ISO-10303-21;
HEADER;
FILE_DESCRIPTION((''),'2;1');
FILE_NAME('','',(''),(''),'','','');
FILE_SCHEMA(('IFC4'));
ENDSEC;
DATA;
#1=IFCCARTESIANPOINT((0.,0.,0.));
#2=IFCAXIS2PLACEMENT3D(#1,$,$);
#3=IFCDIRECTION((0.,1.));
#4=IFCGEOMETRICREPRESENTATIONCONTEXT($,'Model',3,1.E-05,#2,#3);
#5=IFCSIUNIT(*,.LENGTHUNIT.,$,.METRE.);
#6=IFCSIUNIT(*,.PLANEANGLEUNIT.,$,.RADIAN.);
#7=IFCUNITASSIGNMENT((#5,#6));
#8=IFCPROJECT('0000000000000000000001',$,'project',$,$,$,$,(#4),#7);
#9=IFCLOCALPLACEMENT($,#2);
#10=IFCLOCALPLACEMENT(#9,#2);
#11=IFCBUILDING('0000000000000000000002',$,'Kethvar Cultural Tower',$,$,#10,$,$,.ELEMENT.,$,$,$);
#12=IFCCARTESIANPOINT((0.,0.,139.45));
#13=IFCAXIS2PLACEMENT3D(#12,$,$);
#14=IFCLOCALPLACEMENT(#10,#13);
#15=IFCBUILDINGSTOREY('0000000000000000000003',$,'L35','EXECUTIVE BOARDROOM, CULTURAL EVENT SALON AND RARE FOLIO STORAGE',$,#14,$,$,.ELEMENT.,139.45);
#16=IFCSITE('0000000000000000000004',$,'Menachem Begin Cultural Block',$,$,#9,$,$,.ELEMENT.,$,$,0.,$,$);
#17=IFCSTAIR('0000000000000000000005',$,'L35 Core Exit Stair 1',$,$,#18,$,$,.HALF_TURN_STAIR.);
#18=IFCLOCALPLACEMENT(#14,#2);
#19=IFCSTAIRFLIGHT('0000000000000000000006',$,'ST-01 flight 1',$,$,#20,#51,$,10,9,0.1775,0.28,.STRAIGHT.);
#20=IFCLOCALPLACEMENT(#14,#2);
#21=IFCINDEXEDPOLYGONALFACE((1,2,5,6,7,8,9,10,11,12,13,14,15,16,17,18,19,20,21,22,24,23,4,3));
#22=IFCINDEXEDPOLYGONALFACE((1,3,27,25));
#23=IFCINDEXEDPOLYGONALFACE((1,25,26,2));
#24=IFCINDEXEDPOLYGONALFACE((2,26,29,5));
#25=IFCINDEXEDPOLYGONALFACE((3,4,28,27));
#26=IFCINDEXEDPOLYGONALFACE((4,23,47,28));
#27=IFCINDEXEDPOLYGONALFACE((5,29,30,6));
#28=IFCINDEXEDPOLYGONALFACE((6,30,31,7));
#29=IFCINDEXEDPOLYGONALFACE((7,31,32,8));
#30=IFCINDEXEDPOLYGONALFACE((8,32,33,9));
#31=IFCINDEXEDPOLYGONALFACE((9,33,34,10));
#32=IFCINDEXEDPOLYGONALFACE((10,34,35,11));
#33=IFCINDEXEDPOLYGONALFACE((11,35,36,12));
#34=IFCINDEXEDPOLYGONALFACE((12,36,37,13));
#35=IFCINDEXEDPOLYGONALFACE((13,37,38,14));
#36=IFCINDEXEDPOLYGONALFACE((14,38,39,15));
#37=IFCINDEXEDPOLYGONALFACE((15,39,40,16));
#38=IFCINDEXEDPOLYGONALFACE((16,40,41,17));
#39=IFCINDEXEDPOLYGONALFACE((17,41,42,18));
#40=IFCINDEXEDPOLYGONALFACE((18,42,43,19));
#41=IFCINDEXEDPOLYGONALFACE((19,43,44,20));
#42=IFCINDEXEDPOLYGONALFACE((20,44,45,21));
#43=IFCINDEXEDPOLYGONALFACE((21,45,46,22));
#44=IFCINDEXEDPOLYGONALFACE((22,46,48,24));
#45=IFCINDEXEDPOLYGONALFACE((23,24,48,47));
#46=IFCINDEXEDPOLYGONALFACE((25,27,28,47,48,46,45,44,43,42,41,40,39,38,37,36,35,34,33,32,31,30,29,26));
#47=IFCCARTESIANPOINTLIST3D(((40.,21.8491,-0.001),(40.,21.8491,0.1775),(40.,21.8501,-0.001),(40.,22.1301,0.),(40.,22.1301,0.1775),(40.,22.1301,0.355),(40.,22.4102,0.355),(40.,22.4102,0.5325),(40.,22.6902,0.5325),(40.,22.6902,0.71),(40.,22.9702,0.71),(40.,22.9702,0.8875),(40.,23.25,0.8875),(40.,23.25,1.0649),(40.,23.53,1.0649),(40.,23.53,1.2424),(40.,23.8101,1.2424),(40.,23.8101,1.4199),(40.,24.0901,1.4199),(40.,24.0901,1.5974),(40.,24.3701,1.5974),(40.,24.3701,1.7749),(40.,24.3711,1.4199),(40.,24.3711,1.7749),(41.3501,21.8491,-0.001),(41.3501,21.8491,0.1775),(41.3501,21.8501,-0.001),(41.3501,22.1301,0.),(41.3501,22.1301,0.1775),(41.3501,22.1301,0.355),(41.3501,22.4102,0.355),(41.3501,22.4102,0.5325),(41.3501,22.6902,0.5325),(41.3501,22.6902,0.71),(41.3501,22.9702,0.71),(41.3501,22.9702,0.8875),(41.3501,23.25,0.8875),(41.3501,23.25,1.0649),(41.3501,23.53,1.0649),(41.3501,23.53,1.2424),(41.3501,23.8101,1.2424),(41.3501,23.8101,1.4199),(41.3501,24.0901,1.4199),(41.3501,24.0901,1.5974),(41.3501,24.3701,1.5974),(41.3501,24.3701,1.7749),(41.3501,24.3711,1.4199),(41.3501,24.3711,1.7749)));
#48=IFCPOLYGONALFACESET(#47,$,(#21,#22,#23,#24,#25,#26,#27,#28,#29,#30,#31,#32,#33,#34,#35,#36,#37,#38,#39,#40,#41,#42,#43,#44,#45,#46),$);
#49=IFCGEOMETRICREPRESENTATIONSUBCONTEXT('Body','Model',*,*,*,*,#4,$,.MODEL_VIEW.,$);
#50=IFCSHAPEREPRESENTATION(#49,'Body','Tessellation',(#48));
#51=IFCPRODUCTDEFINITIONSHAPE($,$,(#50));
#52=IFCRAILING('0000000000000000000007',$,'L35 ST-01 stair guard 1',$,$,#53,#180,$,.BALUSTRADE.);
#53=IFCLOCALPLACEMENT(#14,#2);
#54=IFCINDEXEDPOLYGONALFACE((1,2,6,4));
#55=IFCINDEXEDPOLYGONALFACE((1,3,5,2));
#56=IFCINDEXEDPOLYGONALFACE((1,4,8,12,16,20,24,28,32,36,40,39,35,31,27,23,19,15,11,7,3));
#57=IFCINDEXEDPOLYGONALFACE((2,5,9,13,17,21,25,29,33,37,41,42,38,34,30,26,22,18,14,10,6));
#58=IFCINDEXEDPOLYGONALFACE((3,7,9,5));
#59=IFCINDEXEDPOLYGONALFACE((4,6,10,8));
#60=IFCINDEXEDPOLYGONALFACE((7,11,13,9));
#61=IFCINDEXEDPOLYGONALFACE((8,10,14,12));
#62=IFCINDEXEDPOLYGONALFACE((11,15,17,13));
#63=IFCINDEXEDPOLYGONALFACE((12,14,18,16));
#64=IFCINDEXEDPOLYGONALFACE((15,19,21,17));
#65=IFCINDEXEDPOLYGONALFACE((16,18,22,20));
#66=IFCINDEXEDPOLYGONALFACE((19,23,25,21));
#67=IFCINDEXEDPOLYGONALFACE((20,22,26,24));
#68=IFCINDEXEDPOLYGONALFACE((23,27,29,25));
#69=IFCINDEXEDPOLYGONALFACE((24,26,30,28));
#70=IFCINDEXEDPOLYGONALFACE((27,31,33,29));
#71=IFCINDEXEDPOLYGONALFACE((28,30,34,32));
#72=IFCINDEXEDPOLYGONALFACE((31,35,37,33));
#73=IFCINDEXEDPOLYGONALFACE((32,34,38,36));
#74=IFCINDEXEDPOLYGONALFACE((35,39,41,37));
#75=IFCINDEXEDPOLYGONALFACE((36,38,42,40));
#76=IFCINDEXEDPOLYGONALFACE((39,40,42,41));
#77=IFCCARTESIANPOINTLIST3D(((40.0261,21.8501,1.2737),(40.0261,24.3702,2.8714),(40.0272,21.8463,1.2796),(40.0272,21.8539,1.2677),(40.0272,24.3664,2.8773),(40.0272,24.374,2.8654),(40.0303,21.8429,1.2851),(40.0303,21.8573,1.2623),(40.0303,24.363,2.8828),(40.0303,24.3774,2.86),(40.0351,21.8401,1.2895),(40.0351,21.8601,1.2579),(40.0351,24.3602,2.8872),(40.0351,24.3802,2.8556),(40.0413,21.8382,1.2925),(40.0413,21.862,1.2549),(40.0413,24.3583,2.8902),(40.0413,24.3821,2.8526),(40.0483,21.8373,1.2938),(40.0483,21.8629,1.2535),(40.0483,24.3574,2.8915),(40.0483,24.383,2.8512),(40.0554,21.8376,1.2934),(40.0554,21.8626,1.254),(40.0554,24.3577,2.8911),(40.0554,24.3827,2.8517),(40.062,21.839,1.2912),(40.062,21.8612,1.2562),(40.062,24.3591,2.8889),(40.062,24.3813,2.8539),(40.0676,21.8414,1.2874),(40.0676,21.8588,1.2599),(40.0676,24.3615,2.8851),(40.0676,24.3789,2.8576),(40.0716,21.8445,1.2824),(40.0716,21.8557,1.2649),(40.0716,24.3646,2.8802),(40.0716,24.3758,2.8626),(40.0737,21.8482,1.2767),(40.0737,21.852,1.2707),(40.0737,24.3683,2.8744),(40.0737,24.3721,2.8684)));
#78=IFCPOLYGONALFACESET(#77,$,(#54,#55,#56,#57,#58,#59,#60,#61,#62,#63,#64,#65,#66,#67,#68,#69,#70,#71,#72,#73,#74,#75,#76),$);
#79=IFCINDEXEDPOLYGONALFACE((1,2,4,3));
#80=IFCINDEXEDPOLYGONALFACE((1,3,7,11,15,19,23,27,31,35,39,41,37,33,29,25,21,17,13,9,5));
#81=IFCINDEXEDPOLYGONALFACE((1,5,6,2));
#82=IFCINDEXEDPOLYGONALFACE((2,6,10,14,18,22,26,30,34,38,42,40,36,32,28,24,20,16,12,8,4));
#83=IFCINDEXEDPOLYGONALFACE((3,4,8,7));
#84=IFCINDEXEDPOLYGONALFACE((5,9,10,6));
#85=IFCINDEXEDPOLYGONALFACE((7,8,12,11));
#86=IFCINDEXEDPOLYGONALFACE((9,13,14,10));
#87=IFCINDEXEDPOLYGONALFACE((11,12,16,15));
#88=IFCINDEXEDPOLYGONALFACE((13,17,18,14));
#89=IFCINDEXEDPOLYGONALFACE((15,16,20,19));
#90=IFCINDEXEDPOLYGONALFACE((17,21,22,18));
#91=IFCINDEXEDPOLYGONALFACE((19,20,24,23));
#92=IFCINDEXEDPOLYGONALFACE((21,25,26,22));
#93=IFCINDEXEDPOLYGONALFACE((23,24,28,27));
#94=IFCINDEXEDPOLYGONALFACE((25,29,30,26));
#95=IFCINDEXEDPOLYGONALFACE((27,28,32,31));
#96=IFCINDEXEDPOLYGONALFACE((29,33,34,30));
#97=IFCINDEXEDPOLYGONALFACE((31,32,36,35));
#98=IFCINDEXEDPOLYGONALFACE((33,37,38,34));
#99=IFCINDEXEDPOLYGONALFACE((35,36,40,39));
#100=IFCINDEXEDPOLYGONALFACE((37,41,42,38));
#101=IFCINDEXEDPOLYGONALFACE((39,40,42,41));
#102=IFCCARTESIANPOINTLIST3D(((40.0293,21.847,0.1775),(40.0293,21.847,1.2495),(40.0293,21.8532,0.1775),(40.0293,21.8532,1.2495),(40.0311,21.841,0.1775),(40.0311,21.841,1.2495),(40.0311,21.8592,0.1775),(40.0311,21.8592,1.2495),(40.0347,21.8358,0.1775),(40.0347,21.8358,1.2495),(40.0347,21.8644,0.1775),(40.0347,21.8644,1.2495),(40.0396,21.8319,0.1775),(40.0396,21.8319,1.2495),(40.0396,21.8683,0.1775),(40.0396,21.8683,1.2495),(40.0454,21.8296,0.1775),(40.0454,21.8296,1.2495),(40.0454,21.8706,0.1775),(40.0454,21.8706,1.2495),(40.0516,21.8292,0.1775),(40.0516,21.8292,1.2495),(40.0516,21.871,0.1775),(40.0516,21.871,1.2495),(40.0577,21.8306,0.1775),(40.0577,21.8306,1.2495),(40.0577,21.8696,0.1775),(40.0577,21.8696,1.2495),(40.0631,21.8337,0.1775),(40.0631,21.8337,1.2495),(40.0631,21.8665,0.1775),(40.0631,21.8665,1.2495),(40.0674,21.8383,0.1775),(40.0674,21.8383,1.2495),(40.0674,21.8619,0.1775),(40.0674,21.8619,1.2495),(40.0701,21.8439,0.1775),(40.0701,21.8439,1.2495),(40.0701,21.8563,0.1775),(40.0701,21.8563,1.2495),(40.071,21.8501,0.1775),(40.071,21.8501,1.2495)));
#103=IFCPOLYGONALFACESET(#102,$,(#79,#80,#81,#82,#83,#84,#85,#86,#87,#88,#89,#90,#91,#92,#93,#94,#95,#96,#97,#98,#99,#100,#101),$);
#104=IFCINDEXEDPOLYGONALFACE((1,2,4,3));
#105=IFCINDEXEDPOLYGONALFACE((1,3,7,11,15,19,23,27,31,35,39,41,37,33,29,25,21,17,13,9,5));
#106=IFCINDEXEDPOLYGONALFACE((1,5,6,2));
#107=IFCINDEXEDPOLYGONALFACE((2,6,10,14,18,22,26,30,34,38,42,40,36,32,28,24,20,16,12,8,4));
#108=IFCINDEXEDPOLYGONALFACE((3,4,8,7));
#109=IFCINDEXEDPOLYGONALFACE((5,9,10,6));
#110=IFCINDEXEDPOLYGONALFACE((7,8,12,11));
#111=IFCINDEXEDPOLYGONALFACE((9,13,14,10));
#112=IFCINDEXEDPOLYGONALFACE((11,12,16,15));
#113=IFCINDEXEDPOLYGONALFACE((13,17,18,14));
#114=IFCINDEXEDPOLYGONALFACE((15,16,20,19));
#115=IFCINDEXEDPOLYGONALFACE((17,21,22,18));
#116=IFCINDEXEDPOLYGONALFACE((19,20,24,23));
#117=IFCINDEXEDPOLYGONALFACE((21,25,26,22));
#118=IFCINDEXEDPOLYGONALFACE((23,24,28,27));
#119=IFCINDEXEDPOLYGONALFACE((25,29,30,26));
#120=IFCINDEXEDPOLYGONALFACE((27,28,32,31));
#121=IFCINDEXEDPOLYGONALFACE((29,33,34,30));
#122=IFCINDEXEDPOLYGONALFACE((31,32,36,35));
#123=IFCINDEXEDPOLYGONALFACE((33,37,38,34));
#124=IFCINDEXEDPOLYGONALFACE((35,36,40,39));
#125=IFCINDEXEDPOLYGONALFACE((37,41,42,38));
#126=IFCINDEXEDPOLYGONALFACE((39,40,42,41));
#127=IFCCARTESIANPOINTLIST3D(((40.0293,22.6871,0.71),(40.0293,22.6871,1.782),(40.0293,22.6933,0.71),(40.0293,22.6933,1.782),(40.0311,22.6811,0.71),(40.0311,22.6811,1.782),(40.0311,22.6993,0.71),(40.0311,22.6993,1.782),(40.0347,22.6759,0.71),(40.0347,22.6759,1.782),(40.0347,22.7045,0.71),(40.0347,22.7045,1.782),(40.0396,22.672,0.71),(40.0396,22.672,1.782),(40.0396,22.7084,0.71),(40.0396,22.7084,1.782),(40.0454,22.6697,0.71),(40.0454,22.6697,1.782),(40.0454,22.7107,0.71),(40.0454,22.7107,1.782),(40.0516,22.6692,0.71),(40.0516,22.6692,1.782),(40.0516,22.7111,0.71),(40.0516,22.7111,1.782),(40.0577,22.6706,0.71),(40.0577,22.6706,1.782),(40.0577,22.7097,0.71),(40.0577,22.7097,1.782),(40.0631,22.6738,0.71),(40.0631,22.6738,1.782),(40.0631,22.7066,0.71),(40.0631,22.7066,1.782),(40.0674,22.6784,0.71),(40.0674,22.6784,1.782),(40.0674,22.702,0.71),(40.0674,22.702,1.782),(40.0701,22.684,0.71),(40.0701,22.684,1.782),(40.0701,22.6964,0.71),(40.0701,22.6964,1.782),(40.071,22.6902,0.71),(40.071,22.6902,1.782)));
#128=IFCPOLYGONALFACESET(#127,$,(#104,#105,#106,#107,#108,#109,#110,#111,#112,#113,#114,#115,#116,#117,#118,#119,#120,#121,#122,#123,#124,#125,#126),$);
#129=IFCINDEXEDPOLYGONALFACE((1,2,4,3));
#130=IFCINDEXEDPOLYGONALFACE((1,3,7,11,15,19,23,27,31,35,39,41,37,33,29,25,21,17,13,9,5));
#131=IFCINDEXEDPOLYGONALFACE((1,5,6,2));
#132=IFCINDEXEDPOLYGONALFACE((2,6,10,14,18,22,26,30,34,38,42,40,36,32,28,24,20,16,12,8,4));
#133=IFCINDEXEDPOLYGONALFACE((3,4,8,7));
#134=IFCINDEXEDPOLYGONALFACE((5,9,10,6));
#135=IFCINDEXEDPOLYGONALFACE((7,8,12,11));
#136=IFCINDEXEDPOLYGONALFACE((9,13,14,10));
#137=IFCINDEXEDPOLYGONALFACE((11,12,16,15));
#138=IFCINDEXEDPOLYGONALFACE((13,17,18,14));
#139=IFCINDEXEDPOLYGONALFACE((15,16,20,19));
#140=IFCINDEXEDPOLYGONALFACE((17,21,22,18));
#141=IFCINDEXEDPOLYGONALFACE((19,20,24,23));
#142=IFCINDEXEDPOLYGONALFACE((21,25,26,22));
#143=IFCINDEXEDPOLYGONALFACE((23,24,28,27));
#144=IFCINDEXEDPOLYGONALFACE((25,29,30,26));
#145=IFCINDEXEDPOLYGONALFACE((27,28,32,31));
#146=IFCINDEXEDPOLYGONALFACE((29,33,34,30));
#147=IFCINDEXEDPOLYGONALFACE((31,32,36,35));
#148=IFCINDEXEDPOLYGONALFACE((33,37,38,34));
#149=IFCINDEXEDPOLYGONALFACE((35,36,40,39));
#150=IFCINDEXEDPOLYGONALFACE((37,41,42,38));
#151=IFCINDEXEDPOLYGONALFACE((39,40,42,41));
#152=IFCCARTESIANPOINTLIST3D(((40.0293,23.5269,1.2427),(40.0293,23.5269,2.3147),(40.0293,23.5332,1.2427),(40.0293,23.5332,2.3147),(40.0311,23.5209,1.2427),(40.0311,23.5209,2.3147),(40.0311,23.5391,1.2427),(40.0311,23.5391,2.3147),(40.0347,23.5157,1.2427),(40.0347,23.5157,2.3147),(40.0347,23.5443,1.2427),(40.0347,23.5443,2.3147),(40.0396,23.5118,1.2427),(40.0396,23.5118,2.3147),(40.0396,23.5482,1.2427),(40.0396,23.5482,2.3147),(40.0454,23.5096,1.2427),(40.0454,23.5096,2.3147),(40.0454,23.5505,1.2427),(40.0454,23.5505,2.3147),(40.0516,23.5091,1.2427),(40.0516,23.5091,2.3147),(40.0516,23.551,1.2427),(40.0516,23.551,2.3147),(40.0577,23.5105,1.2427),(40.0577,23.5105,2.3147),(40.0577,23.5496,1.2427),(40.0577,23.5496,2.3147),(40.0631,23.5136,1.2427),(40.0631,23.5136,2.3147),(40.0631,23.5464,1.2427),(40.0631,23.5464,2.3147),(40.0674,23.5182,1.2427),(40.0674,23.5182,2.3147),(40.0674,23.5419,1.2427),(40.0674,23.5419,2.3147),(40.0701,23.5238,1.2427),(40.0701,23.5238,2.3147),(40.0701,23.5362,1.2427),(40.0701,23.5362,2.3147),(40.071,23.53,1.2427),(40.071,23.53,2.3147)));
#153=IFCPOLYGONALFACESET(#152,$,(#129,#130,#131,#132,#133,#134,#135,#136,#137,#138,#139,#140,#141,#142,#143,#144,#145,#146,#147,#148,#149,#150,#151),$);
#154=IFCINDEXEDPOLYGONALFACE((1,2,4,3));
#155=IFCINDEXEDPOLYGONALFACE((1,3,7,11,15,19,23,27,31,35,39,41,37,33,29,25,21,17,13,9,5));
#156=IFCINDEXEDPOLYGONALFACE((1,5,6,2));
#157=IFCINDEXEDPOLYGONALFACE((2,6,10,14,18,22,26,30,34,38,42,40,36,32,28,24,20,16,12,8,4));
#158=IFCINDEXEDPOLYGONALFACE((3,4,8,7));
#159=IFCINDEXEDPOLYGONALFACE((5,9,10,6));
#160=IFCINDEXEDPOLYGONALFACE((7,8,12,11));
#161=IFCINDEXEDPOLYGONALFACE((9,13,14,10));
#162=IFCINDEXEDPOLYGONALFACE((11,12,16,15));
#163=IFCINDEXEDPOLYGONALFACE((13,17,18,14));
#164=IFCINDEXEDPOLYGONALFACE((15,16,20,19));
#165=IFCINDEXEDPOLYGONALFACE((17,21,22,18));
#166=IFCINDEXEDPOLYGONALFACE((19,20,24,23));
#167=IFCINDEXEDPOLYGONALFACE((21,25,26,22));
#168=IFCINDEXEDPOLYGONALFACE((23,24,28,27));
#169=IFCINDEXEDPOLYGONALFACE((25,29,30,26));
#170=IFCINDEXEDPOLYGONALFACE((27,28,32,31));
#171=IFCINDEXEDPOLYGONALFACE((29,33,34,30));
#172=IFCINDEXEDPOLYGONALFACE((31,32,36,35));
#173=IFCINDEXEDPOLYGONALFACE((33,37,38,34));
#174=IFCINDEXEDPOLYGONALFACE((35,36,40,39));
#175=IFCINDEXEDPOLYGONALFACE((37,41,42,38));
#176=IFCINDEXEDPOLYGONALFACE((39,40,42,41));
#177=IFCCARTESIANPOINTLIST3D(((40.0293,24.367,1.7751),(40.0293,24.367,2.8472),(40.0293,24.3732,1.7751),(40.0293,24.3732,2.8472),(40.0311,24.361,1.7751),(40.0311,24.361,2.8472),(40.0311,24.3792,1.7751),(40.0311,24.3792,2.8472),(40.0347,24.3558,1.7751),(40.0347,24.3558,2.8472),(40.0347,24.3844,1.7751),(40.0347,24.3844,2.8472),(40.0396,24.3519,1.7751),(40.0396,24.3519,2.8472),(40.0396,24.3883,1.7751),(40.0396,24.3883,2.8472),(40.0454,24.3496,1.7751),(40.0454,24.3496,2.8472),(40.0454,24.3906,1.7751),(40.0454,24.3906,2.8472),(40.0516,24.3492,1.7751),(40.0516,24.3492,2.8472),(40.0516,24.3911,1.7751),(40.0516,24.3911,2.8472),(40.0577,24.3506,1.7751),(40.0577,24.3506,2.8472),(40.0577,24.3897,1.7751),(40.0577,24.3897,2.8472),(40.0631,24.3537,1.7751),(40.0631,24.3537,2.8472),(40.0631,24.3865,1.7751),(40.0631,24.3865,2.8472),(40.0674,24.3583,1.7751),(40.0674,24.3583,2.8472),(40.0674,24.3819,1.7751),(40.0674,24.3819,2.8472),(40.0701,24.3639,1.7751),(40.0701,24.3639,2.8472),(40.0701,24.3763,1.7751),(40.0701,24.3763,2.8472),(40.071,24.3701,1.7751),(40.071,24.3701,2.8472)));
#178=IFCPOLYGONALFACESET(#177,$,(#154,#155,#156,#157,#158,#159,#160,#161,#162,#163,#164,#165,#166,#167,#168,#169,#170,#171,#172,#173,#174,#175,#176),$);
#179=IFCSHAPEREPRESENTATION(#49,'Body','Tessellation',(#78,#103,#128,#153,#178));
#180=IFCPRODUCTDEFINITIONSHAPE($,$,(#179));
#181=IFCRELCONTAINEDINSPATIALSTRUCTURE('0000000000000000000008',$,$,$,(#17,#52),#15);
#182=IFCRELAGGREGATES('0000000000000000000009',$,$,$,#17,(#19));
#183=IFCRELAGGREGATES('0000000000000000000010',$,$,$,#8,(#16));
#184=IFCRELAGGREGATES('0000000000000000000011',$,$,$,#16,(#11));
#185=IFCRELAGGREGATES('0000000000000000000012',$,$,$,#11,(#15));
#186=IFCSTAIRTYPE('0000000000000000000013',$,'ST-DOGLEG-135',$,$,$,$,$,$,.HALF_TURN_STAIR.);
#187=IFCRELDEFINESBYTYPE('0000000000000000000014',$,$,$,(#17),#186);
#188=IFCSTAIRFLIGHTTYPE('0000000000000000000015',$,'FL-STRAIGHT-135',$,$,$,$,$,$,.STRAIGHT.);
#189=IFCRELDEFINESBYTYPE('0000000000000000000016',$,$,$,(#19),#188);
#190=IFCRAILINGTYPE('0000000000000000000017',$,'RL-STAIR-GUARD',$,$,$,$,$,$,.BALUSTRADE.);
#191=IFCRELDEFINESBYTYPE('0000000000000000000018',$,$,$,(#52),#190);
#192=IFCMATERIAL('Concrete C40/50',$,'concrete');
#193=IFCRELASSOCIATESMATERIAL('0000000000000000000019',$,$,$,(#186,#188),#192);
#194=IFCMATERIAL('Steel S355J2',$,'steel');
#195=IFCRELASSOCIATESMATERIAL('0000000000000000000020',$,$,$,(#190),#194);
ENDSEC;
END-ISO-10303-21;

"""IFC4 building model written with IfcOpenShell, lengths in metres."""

from ifc_helpers import new_model, si_unit, direction, frame, origin, origin_2d, place, context, subcontext, project, spatial, polyline, circle, outline, extrude, material, type_object, element, aggregate, save


model = new_model("IFC4")

# Units and contexts
model_context = context("Model", 3, precision=1e-05, world=origin(), true_north=direction((0.0, 1.0)))
body_context = subcontext(model_context, "Body", "Model", "MODEL_VIEW")
ifc_project = project(units=[si_unit("LENGTHUNIT", "METRE"), si_unit("PLANEANGLEUNIT", "RADIAN")], contexts=[model_context])

# Site, building, storey
site_placement = place(None, origin())
site = spatial("IfcSite", under=ifc_project, at=site_placement, Name="Menachem Begin Cultural Block", CompositionType="ELEMENT", RefElevation=0.0)
building_placement = place(site_placement, origin())
building = spatial("IfcBuilding", under=site, at=building_placement, Name="Kethvar Cultural Tower", CompositionType="ELEMENT")
storey_placement = place(building_placement, frame((0.0, 0.0, 139.45)))
storey = spatial("IfcBuildingStorey", under=building, at=storey_placement, Name="L35", Description="EXECUTIVE BOARDROOM, CULTURAL EVENT SALON AND RARE FOLIO STORAGE", CompositionType="ELEMENT", Elevation=139.45)

# Shared definitions
ifc_material_1 = material(Name="Steel S355J2", Category="steel")

# Stair, stair flight
ifc_material_2 = material(Name="Concrete C40/50", Category="concrete")
stair_type = type_object("IfcStairType", Name="ST-DOGLEG-135", PredefinedType="HALF_TURN_STAIR", material=ifc_material_2)
stair_placement = place(storey_placement, origin())
stair = element("IfcStair", 1, at=stair_placement, inside=storey, type_object=stair_type, Name="L35 Core Exit Stair 1", PredefinedType="HALF_TURN_STAIR")
stair_flight_type = type_object("IfcStairFlightType", Name="FL-STRAIGHT-135", PredefinedType="STRAIGHT", material=ifc_material_2)
stair_flight_placement = place(storey_placement, frame((40.675, 21.8501, 0.0), z_axis=(0.0, 0.0, 1.0), x_axis=(0.0, 1.0, 0.0)))
stair_flight = element("IfcStairFlight", 2, at=stair_flight_placement, type_object=stair_flight_type, Name="ST-01 flight 1", NumberOfRisers=10, NumberOfTreads=9, PredefinedType="STRAIGHT", RiserHeight=0.1775, TreadLength=0.28, context=body_context, shape_type="SweptSolid", body=[
    extrude(outline(polyline([(-0.001, -0.001), (-0.001, 0.1775), (0.28, 0.1775), (0.28, 0.355), (0.5601, 0.355), (0.5601, 0.5325), (0.8401, 0.5325), (0.8401, 0.71), (1.1201, 0.71), (1.1201, 0.8875), (1.3999, 0.8875), (1.3999, 1.0649), (1.6799, 1.0649), (1.6799, 1.2424), (1.96, 1.2424), (1.96, 1.4199), (2.24, 1.4199), (2.24, 1.5974), (2.52, 1.5974), (2.52, 1.7749), (2.521, 1.7749), (2.521, 1.4199), (0.28, 0.0), (0.0, -0.001), (-0.001, -0.001)])), frame((0.0, 0.675, 0.0), z_axis=(0.0, -1.0, 0.0), x_axis=(1.0, 0.0, 0.0)), (0.0, 0.0, 1.0), 1.3501),
])
aggregate(stair, [stair_flight])

# Railing
railing_type_1 = type_object("IfcRailingType", Name="RL-STAIR-GUARD", PredefinedType="BALUSTRADE", material=ifc_material_1)
railing_1_placement = place(storey_placement, frame((40.05, 21.8501, 0.1775)))
element("IfcRailing", 3, at=railing_1_placement, inside=storey, type_object=railing_type_1, Name="L35 ST-01 stair guard 1", PredefinedType="BALUSTRADE", context=body_context, shape_type="SweptSolid", body=[
    extrude(circle(Radius=0.0239, at=origin_2d()), frame((0.0, 0.0, 1.0962), z_axis=(0.0, 0.84457, 0.535445), x_axis=(-1.0, 0.0, 0.0)), (0.0, 0.0, 1.0), 2.9839),
    extrude(circle(Radius=0.021, at=origin_2d()), origin(), (0.0, 0.0, 1.0), 1.072),
    extrude(circle(Radius=0.021, at=origin_2d()), frame((0.0, 0.8401, 0.5325)), (0.0, 0.0, 1.0), 1.072),
    extrude(circle(Radius=0.021, at=origin_2d()), frame((0.0, 1.6799, 1.0652)), (0.0, 0.0, 1.0), 1.072),
    extrude(circle(Radius=0.021, at=origin_2d()), frame((0.0, 2.52, 1.5977)), (0.0, 0.0, 1.0), 1.072),
])

save(model, "model.ifc")
